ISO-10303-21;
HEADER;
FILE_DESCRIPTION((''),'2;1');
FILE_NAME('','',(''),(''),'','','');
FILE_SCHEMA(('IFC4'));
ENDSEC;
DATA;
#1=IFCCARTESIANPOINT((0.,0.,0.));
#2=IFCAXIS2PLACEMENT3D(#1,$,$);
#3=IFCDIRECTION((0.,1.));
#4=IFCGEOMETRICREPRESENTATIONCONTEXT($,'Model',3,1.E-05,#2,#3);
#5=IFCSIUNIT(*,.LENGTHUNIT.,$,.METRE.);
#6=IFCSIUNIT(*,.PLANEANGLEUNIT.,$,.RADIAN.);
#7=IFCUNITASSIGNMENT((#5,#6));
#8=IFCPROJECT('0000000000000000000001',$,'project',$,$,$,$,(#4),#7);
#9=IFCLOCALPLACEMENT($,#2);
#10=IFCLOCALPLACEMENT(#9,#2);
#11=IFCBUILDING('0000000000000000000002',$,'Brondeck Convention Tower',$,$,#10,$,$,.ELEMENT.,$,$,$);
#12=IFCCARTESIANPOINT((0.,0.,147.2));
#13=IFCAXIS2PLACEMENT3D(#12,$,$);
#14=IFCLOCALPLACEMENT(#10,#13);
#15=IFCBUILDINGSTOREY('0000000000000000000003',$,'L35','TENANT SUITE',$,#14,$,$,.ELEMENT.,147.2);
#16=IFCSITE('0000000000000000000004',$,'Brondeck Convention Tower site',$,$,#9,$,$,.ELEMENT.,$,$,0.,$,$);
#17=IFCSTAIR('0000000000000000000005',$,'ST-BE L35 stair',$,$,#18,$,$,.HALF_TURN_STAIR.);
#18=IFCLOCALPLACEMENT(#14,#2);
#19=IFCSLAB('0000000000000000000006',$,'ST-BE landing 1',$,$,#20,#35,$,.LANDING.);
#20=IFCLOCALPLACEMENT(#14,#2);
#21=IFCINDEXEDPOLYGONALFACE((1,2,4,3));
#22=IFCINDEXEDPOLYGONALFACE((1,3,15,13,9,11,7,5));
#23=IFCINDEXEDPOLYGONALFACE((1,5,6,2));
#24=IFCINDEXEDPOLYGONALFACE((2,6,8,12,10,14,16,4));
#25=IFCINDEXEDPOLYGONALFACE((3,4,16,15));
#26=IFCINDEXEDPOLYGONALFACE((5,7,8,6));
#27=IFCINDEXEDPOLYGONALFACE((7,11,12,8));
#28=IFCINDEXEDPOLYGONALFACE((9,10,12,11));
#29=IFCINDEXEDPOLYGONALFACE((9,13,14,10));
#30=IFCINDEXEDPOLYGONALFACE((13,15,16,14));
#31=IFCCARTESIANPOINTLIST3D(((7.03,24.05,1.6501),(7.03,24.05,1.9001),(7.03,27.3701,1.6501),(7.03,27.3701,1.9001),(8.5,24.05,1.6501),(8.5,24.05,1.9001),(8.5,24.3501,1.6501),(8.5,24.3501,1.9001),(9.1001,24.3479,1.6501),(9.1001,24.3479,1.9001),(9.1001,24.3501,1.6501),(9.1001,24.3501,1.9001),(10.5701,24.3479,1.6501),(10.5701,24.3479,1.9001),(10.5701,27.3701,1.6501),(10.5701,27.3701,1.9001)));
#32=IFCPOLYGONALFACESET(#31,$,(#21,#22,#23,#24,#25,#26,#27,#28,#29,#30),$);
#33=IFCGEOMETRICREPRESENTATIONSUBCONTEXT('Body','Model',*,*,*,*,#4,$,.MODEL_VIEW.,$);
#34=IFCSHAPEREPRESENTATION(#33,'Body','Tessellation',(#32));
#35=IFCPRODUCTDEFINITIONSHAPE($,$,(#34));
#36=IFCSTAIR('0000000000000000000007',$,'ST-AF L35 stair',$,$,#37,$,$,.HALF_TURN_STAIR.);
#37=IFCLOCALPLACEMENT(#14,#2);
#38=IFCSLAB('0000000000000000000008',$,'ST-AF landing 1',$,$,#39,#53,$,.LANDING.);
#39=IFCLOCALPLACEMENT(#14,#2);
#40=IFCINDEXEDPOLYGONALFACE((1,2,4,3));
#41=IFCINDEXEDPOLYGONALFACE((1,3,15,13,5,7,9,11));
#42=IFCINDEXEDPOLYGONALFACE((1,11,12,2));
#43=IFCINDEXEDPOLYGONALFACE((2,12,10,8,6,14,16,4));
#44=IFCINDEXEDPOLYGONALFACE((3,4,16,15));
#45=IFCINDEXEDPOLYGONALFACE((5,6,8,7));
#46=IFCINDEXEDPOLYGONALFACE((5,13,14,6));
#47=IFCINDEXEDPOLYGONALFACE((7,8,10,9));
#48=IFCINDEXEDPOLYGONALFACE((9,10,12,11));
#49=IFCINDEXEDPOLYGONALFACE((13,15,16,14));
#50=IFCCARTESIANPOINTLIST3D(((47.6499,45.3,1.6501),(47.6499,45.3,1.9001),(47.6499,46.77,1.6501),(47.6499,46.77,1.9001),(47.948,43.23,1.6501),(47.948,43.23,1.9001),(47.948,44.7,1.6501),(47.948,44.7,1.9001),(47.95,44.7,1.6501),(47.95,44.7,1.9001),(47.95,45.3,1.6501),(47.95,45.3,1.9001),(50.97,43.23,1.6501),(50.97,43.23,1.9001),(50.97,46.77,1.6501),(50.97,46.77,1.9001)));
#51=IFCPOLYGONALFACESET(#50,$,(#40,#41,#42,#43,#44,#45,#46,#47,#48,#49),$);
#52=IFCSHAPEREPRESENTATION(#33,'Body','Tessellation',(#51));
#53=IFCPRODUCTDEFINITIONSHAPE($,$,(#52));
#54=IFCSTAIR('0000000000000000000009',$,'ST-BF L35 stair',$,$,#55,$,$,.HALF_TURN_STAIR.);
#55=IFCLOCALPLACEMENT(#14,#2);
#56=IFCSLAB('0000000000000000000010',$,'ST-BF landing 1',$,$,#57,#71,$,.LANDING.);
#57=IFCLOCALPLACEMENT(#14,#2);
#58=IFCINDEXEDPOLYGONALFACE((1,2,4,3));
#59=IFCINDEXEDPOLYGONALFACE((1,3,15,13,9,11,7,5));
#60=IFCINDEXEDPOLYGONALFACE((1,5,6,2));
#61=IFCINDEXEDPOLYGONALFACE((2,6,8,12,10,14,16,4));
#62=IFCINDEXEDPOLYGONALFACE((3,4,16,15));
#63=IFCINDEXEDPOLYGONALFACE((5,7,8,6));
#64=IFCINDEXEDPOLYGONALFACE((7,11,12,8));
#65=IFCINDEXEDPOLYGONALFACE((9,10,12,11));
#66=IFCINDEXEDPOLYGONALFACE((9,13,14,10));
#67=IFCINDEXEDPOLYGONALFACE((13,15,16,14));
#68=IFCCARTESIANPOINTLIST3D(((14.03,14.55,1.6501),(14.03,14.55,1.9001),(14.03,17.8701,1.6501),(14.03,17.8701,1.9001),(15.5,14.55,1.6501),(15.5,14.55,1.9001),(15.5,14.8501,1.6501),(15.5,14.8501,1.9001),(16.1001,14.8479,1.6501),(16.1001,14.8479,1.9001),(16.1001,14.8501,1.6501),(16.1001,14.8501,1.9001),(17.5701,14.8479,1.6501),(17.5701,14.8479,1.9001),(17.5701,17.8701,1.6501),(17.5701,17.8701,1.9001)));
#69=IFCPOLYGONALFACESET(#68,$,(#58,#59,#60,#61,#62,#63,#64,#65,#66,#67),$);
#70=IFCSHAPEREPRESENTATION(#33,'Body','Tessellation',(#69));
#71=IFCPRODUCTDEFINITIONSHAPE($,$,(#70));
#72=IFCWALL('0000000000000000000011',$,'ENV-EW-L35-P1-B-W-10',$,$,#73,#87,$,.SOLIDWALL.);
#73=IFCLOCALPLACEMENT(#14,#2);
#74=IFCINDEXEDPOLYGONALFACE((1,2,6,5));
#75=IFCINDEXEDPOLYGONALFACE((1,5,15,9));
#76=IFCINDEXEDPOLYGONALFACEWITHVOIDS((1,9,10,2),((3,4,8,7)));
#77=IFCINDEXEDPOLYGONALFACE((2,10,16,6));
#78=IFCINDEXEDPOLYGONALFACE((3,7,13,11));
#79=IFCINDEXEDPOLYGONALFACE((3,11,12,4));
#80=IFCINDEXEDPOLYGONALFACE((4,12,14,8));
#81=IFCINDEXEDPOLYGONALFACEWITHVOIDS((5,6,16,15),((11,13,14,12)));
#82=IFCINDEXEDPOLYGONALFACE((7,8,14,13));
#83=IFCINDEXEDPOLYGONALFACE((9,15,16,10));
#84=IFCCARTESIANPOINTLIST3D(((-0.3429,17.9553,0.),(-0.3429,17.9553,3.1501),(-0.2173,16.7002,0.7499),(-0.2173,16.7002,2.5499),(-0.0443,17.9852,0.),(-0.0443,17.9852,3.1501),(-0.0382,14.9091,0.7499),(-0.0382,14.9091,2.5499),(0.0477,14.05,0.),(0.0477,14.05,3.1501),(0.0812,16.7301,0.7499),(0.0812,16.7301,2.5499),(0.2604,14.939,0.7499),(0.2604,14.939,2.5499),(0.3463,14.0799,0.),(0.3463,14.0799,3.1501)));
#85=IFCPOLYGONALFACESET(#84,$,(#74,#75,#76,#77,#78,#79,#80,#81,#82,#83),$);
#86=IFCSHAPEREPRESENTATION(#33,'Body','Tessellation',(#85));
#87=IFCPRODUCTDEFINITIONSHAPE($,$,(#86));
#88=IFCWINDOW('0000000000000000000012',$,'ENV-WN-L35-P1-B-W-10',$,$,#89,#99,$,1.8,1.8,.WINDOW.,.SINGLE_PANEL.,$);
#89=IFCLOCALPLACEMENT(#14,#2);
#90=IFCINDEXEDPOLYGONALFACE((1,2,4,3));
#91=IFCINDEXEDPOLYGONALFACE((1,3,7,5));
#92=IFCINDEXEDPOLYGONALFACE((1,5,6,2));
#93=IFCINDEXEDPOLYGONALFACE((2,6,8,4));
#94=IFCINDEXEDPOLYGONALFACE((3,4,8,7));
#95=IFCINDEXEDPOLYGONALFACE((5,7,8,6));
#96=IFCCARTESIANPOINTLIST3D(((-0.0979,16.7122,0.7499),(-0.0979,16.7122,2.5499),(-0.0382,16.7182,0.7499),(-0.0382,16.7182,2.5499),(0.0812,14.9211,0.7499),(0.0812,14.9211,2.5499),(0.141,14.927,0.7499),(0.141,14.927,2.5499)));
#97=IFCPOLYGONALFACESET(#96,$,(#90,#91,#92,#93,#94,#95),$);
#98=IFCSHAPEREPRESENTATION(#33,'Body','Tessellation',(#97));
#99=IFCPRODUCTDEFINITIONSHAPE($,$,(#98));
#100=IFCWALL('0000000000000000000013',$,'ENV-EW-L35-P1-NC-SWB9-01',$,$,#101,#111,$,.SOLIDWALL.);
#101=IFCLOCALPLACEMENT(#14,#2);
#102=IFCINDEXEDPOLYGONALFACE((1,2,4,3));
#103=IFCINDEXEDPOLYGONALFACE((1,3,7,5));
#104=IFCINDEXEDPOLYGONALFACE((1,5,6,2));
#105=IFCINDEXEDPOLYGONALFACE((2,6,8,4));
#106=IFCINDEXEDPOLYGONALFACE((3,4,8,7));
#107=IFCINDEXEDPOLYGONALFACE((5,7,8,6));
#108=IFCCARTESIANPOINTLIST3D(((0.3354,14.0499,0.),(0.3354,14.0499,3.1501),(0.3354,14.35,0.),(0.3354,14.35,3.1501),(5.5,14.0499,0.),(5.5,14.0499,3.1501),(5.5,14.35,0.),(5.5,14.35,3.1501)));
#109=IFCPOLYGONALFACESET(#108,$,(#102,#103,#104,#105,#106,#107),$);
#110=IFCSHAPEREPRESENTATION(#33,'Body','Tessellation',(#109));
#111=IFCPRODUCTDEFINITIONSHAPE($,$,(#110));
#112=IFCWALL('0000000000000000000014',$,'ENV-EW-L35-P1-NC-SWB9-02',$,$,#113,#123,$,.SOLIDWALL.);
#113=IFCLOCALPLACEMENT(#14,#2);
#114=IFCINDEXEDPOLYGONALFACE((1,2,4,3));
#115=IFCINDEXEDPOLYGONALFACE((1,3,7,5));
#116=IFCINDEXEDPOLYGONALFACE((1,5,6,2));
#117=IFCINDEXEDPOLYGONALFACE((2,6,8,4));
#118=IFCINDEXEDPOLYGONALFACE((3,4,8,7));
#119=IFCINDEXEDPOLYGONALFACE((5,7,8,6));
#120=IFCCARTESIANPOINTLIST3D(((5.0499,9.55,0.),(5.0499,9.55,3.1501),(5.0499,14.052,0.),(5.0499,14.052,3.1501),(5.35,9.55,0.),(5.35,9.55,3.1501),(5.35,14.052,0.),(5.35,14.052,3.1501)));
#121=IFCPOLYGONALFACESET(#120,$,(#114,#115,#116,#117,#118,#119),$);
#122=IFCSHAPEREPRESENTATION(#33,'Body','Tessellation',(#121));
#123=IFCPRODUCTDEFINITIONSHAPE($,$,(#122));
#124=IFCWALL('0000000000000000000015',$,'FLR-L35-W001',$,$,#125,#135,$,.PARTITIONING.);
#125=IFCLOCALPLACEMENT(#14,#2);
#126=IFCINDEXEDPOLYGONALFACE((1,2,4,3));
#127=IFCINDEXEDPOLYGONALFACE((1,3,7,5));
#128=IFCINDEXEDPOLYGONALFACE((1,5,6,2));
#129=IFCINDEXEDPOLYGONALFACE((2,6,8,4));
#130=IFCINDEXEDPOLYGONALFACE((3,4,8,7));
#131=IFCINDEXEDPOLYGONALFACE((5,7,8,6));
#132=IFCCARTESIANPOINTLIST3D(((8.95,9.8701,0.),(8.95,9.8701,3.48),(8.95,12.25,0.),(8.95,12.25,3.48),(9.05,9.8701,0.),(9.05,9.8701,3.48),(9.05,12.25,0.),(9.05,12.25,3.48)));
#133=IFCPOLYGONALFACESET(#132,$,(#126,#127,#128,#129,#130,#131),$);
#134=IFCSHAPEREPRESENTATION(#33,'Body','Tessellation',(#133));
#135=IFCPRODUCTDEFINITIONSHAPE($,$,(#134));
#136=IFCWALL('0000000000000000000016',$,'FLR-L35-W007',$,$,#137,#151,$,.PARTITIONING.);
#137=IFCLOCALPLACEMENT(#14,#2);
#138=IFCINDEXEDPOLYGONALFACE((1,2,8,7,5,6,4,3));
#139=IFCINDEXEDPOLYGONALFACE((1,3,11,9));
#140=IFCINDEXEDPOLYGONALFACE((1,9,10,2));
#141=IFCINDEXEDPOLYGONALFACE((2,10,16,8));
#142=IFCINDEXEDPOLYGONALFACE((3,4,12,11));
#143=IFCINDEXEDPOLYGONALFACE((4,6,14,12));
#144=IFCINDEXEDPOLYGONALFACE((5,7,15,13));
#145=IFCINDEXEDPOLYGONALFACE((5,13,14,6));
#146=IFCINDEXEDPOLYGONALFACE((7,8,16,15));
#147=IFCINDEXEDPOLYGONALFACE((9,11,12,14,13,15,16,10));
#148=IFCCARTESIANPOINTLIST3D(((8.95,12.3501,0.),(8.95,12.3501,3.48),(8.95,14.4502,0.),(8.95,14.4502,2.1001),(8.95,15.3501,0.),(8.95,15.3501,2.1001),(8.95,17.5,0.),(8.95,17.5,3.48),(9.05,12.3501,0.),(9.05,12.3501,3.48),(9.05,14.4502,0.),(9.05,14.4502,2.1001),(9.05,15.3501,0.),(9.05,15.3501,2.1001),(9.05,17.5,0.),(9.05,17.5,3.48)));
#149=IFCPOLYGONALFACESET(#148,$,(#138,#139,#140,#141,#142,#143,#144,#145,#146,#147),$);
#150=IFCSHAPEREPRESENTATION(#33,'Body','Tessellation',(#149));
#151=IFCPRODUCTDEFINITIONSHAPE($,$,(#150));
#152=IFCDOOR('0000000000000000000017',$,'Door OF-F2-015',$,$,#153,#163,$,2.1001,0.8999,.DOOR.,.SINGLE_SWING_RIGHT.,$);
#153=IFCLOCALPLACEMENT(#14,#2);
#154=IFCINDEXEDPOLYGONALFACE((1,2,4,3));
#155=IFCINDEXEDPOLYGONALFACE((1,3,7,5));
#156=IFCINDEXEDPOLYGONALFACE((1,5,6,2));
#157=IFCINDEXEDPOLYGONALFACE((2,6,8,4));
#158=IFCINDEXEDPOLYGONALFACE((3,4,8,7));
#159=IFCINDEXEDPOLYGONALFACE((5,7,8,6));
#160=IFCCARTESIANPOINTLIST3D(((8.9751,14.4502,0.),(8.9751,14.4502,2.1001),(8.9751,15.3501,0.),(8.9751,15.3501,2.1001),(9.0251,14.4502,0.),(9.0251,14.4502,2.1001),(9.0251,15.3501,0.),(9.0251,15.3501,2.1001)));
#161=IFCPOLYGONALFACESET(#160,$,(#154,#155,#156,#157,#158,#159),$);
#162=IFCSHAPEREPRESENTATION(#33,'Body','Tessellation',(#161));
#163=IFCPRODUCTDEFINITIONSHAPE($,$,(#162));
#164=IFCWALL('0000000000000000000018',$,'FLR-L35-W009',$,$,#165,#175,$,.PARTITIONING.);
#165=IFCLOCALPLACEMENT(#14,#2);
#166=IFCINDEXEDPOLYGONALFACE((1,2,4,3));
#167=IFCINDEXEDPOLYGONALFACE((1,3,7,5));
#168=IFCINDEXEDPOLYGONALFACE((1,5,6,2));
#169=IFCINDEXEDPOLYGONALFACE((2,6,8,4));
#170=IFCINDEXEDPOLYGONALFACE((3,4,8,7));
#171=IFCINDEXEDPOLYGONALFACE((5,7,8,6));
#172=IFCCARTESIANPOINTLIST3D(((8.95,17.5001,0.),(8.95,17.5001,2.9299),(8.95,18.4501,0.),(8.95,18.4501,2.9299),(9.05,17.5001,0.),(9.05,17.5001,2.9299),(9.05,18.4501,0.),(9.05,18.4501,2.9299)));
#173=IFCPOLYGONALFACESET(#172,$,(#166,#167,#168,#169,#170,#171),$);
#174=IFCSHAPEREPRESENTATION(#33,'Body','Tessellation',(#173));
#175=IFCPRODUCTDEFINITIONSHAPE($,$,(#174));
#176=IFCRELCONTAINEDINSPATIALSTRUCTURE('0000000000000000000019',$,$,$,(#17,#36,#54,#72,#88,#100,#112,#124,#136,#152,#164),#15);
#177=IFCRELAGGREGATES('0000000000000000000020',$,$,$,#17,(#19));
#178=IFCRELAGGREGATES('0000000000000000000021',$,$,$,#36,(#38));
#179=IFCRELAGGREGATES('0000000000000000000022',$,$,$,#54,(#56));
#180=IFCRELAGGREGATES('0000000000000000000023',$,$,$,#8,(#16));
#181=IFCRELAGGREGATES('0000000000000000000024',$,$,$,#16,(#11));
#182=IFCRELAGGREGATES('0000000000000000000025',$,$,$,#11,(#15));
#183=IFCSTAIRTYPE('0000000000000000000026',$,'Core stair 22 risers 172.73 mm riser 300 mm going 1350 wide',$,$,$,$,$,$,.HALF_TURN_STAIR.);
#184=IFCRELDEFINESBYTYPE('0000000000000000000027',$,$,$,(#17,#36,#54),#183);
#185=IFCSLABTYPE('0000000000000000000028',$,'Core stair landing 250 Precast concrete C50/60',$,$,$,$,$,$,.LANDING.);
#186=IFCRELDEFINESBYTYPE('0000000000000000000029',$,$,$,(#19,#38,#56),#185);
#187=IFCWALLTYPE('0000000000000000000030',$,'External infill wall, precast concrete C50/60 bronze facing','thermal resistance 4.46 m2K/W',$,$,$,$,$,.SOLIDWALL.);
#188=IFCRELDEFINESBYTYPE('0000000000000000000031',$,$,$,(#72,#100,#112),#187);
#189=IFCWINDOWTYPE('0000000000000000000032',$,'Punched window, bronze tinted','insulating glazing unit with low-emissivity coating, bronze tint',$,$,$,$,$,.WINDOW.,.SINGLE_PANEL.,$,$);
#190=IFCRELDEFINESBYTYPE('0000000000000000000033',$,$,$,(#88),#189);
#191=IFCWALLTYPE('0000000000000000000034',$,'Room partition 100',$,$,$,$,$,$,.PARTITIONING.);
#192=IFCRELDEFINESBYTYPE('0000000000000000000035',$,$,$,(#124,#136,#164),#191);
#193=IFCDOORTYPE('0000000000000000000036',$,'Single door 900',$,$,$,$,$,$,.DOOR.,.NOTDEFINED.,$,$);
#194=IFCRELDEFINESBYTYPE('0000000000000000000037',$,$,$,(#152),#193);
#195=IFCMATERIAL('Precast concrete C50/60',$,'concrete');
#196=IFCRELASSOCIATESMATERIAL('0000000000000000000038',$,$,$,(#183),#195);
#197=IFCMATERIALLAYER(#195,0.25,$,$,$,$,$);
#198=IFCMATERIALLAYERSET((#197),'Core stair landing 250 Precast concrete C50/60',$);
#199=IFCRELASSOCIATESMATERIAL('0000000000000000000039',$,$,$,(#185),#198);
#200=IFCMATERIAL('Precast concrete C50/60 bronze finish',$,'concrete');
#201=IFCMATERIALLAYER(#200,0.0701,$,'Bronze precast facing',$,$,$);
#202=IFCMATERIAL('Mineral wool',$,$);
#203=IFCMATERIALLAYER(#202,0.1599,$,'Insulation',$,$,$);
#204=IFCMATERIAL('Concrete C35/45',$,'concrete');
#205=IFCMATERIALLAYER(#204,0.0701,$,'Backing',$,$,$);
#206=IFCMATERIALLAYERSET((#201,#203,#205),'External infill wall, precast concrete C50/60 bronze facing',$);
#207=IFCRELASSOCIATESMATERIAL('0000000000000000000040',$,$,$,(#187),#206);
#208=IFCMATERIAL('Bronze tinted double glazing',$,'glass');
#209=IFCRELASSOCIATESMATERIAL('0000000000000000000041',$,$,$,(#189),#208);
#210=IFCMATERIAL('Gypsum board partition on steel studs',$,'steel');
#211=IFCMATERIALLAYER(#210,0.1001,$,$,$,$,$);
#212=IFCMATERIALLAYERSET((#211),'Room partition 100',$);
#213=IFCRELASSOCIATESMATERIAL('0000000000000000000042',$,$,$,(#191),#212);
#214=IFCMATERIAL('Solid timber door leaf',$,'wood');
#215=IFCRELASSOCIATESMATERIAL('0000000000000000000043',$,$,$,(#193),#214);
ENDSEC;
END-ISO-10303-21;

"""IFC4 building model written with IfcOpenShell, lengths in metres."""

from ifc_helpers import new_model, si_unit, direction, frame, frame_2d, origin, place, context, subcontext, project, spatial, polyline, rectangle, outline, extrude, material, layer, layer_set, type_object, element, fill, aggregate, save


model = new_model("IFC4")

# Units and contexts
model_context = context("Model", 3, precision=1e-05, world=origin(), true_north=direction((0.0, 1.0)))
body_context = subcontext(model_context, "Body", "Model", "MODEL_VIEW")
ifc_project = project(units=[si_unit("LENGTHUNIT", "METRE"), si_unit("PLANEANGLEUNIT", "RADIAN")], contexts=[model_context])

# Site, building, storey
site_placement = place(None, origin())
site = spatial("IfcSite", under=ifc_project, at=site_placement, Name="Brondeck Convention Tower site", CompositionType="ELEMENT", RefElevation=0.0)
building_placement = place(site_placement, origin())
building = spatial("IfcBuilding", under=site, at=building_placement, Name="Brondeck Convention Tower", CompositionType="ELEMENT")
storey_placement = place(building_placement, frame((0.0, 0.0, 147.2)))
storey = spatial("IfcBuildingStorey", under=building, at=storey_placement, Name="L35", Description="TENANT SUITE", CompositionType="ELEMENT", Elevation=147.2)

# Shared definitions
ifc_material_1 = material(Name="Concrete C35/45", Category="concrete")

# Stairs, slabs
ifc_material_2 = material(Name="Precast concrete C50/60", Category="concrete")
stair_type = type_object("IfcStairType", Name="Core stair 22 risers 172.73 mm riser 300 mm going 1350 wide", PredefinedType="HALF_TURN_STAIR", material=ifc_material_2)
ifc_layer_1 = layer(ifc_material_2, 0.25)
ifc_layer_set_1 = layer_set([ifc_layer_1], Name="Core stair landing 250 Precast concrete C50/60")
slab_type_1 = type_object("IfcSlabType", Name="Core stair landing 250 Precast concrete C50/60", PredefinedType="LANDING", material=ifc_layer_set_1)
stair_1_placement = place(storey_placement, origin())
stair_1 = element("IfcStair", 1, at=stair_1_placement, inside=storey, type_object=stair_type, Name="ST-BE L35 stair", PredefinedType="HALF_TURN_STAIR")
slab_1_placement = place(storey_placement, frame((0.0, 0.0, 1.6501)))
slab_1 = element("IfcSlab", 2, at=slab_1_placement, type_object=slab_type_1, Name="ST-BE landing 1", PredefinedType="LANDING", context=body_context, shape_type="SweptSolid", body=[
    extrude(outline(polyline([(7.03, 24.05), (7.03, 27.3701), (10.5701, 27.3701), (10.5701, 24.3479), (9.1001, 24.3479), (9.1001, 24.3501), (8.5, 24.3501), (8.5, 24.05), (7.03, 24.05)])), origin(), (0.0, 0.0, 1.0), 0.25),
])
aggregate(stair_1, [slab_1])
stair_2_placement = place(storey_placement, origin())
stair_2 = element("IfcStair", 3, at=stair_2_placement, inside=storey, type_object=stair_type, Name="ST-AF L35 stair", PredefinedType="HALF_TURN_STAIR")
slab_2_placement = place(storey_placement, frame((0.0, 0.0, 1.6501)))
slab_2 = element("IfcSlab", 4, at=slab_2_placement, type_object=slab_type_1, Name="ST-AF landing 1", PredefinedType="LANDING", context=body_context, shape_type="SweptSolid", body=[
    extrude(outline(polyline([(47.948, 44.7), (47.95, 44.7), (47.95, 45.3), (47.6499, 45.3), (47.6499, 46.77), (50.97, 46.77), (50.97, 43.23), (47.948, 43.23), (47.948, 44.7)])), origin(), (0.0, 0.0, 1.0), 0.25),
])
aggregate(stair_2, [slab_2])
stair_3_placement = place(storey_placement, origin())
stair_3 = element("IfcStair", 5, at=stair_3_placement, inside=storey, type_object=stair_type, Name="ST-BF L35 stair", PredefinedType="HALF_TURN_STAIR")
slab_3_placement = place(storey_placement, frame((0.0, 0.0, 1.6501)))
slab_3 = element("IfcSlab", 6, at=slab_3_placement, type_object=slab_type_1, Name="ST-BF landing 1", PredefinedType="LANDING", context=body_context, shape_type="SweptSolid", body=[
    extrude(outline(polyline([(14.03, 14.55), (14.03, 17.8701), (17.5701, 17.8701), (17.5701, 14.8479), (16.1001, 14.8479), (16.1001, 14.8501), (15.5, 14.8501), (15.5, 14.55), (14.03, 14.55)])), origin(), (0.0, 0.0, 1.0), 0.25),
])
aggregate(stair_3, [slab_3])

# Wall, opening, window
ifc_material_3 = material(Name="Precast concrete C50/60 bronze finish", Category="concrete")
ifc_layer_2 = layer(ifc_material_3, 0.0701, Name="Bronze precast facing")
ifc_material_4 = material(Name="Mineral wool")
ifc_layer_3 = layer(ifc_material_4, 0.1599, Name="Insulation")
ifc_layer_4 = layer(ifc_material_1, 0.0701, Name="Backing")
ifc_layer_set_2 = layer_set([ifc_layer_2, ifc_layer_3, ifc_layer_4], Name="External infill wall, precast concrete C50/60 bronze facing")
wall_type_1 = type_object("IfcWallType", Name="External infill wall, precast concrete C50/60 bronze facing", Description="thermal resistance 4.46 m2K/W", PredefinedType="SOLIDWALL", material=ifc_layer_set_2)
wall_1_placement = place(storey_placement, frame((0.197, 14.0649, 0.0), z_axis=(0.0, 0.0, 1.0), x_axis=(-0.099528, 0.995035, 0.0)))
wall_1 = element("IfcWall", 7, at=wall_1_placement, inside=storey, type_object=wall_type_1, Name="ENV-EW-L35-P1-B-W-10", PredefinedType="SOLIDWALL", context=body_context, shape_type="SweptSolid", body=[
    extrude(rectangle(XDim=3.9248, YDim=0.3, at=frame_2d((1.9624, 0.0))), origin(), (0.0, 0.0, 1.0), 3.1501),
])
opening_1_placement = place(wall_1_placement, frame((0.8635, 0.0, 0.75)))
opening_1 = element("IfcOpeningElement", 8, at=opening_1_placement, cuts=wall_1, PredefinedType="OPENING", context=body_context, shape_type="SweptSolid", body=[
    extrude(rectangle(XDim=1.8, YDim=1.8, at=frame_2d((0.8999, 0.8999))), frame((0.0, 0.1599, 0.0), z_axis=(0.0, -1.0, 0.0), x_axis=(1.0, 0.0, 0.0)), (0.0, 0.0, 1.0), 0.3201),
])
ifc_material_5 = material(Name="Bronze tinted double glazing", Category="glass")
window_type = type_object("IfcWindowType", Name="Punched window, bronze tinted", Description="insulating glazing unit with low-emissivity coating, bronze tint", PartitioningType="SINGLE_PANEL", PredefinedType="WINDOW", material=ifc_material_5)
window_placement = place(opening_1_placement, origin())
window = element("IfcWindow", 9, at=window_placement, inside=storey, type_object=window_type, Name="ENV-WN-L35-P1-B-W-10", OverallHeight=1.8, OverallWidth=1.8, PartitioningType="SINGLE_PANEL", PredefinedType="WINDOW", context=body_context, shape_type="SweptSolid", body=[
    extrude(rectangle(XDim=1.8, YDim=1.8, at=frame_2d((0.8999, 0.8999))), frame((0.0, 0.03, 0.0), z_axis=(0.0, -1.0, 0.0), x_axis=(1.0, 0.0, 0.0)), (0.0, 0.0, 1.0), 0.0601),
])
fill(opening_1, window)

# Walls
wall_2_placement = place(storey_placement, frame((5.5, 14.2, 0.0), z_axis=(0.0, 0.0, 1.0), x_axis=(-1.0, 0.0, 0.0)))
element("IfcWall", 10, at=wall_2_placement, inside=storey, type_object=wall_type_1, Name="ENV-EW-L35-P1-NC-SWB9-01", PredefinedType="SOLIDWALL", context=body_context, shape_type="SweptSolid", body=[
    extrude(rectangle(XDim=5.1646, YDim=0.3, at=frame_2d((2.5823, 0.0))), origin(), (0.0, 0.0, 1.0), 3.1501),
])
wall_3_placement = place(storey_placement, frame((5.2, 9.55, 0.0), z_axis=(0.0, 0.0, 1.0), x_axis=(0.0, 1.0, 0.0)))
element("IfcWall", 11, at=wall_3_placement, inside=storey, type_object=wall_type_1, Name="ENV-EW-L35-P1-NC-SWB9-02", PredefinedType="SOLIDWALL", context=body_context, shape_type="SweptSolid", body=[
    extrude(rectangle(XDim=4.502, YDim=0.3, at=frame_2d((2.251, 0.0))), origin(), (0.0, 0.0, 1.0), 3.1501),
])
ifc_material_6 = material(Name="Gypsum board partition on steel studs", Category="steel")
ifc_layer_5 = layer(ifc_material_6, 0.1001)
ifc_layer_set_3 = layer_set([ifc_layer_5], Name="Room partition 100")
wall_type_2 = type_object("IfcWallType", Name="Room partition 100", PredefinedType="PARTITIONING", material=ifc_layer_set_3)
wall_4_placement = place(storey_placement, frame((9.0, 9.8701, 0.0), z_axis=(0.0, 0.0, 1.0), x_axis=(0.0, 1.0, 0.0)))
element("IfcWall", 12, at=wall_4_placement, inside=storey, type_object=wall_type_2, Name="FLR-L35-W001", PredefinedType="PARTITIONING", context=body_context, shape_type="SweptSolid", body=[
    extrude(rectangle(XDim=2.3799, YDim=0.1001, at=frame_2d((1.1899, 0.0))), origin(), (0.0, 0.0, 1.0), 3.48),
])

# Wall, opening, door
wall_5_placement = place(storey_placement, frame((9.0, 12.3501, 0.0), z_axis=(0.0, 0.0, 1.0), x_axis=(0.0, 1.0, 0.0)))
wall_5 = element("IfcWall", 13, at=wall_5_placement, inside=storey, type_object=wall_type_2, Name="FLR-L35-W007", PredefinedType="PARTITIONING", context=body_context, shape_type="SweptSolid", body=[
    extrude(rectangle(XDim=5.1499, YDim=0.1001, at=frame_2d((2.575, 0.0))), origin(), (0.0, 0.0, 1.0), 3.48),
])
opening_2_placement = place(wall_5_placement, frame((2.1001, 0.0, 0.0)))
opening_2 = element("IfcOpeningElement", 14, at=opening_2_placement, cuts=wall_5, PredefinedType="OPENING", context=body_context, shape_type="SweptSolid", body=[
    extrude(rectangle(XDim=0.8999, YDim=2.1001, at=frame_2d((0.45, 1.05))), frame((0.0, 0.0601, 0.0), z_axis=(0.0, -1.0, 0.0), x_axis=(1.0, 0.0, 0.0)), (0.0, 0.0, 1.0), 0.1201),
])
ifc_material_7 = material(Name="Solid timber door leaf", Category="wood")
door_type = type_object("IfcDoorType", Name="Single door 900", OperationType="NOTDEFINED", PredefinedType="DOOR", material=ifc_material_7)
door_placement = place(opening_2_placement, origin())
door = element("IfcDoor", 15, at=door_placement, inside=storey, type_object=door_type, Name="Door OF-F2-015", OperationType="SINGLE_SWING_RIGHT", OverallHeight=2.1001, OverallWidth=0.8999, PredefinedType="DOOR", context=body_context, shape_type="SweptSolid", body=[
    extrude(rectangle(XDim=0.8999, YDim=2.1001, at=frame_2d((0.45, 1.05))), frame((0.0, 0.0249, 0.0), z_axis=(0.0, -1.0, 0.0), x_axis=(1.0, 0.0, 0.0)), (0.0, 0.0, 1.0), 0.05),
])
fill(opening_2, door)

# Wall
wall_6_placement = place(storey_placement, frame((9.0, 17.5, 0.0), z_axis=(0.0, 0.0, 1.0), x_axis=(0.0, 1.0, 0.0)))
element("IfcWall", 16, at=wall_6_placement, inside=storey, type_object=wall_type_2, Name="FLR-L35-W009", PredefinedType="PARTITIONING", context=body_context, shape_type="SweptSolid", body=[
    extrude(rectangle(XDim=0.95, YDim=0.1001, at=frame_2d((0.4751, 0.0))), origin(), (0.0, 0.0, 1.0), 2.9299),
])

save(model, "model.ifc")
